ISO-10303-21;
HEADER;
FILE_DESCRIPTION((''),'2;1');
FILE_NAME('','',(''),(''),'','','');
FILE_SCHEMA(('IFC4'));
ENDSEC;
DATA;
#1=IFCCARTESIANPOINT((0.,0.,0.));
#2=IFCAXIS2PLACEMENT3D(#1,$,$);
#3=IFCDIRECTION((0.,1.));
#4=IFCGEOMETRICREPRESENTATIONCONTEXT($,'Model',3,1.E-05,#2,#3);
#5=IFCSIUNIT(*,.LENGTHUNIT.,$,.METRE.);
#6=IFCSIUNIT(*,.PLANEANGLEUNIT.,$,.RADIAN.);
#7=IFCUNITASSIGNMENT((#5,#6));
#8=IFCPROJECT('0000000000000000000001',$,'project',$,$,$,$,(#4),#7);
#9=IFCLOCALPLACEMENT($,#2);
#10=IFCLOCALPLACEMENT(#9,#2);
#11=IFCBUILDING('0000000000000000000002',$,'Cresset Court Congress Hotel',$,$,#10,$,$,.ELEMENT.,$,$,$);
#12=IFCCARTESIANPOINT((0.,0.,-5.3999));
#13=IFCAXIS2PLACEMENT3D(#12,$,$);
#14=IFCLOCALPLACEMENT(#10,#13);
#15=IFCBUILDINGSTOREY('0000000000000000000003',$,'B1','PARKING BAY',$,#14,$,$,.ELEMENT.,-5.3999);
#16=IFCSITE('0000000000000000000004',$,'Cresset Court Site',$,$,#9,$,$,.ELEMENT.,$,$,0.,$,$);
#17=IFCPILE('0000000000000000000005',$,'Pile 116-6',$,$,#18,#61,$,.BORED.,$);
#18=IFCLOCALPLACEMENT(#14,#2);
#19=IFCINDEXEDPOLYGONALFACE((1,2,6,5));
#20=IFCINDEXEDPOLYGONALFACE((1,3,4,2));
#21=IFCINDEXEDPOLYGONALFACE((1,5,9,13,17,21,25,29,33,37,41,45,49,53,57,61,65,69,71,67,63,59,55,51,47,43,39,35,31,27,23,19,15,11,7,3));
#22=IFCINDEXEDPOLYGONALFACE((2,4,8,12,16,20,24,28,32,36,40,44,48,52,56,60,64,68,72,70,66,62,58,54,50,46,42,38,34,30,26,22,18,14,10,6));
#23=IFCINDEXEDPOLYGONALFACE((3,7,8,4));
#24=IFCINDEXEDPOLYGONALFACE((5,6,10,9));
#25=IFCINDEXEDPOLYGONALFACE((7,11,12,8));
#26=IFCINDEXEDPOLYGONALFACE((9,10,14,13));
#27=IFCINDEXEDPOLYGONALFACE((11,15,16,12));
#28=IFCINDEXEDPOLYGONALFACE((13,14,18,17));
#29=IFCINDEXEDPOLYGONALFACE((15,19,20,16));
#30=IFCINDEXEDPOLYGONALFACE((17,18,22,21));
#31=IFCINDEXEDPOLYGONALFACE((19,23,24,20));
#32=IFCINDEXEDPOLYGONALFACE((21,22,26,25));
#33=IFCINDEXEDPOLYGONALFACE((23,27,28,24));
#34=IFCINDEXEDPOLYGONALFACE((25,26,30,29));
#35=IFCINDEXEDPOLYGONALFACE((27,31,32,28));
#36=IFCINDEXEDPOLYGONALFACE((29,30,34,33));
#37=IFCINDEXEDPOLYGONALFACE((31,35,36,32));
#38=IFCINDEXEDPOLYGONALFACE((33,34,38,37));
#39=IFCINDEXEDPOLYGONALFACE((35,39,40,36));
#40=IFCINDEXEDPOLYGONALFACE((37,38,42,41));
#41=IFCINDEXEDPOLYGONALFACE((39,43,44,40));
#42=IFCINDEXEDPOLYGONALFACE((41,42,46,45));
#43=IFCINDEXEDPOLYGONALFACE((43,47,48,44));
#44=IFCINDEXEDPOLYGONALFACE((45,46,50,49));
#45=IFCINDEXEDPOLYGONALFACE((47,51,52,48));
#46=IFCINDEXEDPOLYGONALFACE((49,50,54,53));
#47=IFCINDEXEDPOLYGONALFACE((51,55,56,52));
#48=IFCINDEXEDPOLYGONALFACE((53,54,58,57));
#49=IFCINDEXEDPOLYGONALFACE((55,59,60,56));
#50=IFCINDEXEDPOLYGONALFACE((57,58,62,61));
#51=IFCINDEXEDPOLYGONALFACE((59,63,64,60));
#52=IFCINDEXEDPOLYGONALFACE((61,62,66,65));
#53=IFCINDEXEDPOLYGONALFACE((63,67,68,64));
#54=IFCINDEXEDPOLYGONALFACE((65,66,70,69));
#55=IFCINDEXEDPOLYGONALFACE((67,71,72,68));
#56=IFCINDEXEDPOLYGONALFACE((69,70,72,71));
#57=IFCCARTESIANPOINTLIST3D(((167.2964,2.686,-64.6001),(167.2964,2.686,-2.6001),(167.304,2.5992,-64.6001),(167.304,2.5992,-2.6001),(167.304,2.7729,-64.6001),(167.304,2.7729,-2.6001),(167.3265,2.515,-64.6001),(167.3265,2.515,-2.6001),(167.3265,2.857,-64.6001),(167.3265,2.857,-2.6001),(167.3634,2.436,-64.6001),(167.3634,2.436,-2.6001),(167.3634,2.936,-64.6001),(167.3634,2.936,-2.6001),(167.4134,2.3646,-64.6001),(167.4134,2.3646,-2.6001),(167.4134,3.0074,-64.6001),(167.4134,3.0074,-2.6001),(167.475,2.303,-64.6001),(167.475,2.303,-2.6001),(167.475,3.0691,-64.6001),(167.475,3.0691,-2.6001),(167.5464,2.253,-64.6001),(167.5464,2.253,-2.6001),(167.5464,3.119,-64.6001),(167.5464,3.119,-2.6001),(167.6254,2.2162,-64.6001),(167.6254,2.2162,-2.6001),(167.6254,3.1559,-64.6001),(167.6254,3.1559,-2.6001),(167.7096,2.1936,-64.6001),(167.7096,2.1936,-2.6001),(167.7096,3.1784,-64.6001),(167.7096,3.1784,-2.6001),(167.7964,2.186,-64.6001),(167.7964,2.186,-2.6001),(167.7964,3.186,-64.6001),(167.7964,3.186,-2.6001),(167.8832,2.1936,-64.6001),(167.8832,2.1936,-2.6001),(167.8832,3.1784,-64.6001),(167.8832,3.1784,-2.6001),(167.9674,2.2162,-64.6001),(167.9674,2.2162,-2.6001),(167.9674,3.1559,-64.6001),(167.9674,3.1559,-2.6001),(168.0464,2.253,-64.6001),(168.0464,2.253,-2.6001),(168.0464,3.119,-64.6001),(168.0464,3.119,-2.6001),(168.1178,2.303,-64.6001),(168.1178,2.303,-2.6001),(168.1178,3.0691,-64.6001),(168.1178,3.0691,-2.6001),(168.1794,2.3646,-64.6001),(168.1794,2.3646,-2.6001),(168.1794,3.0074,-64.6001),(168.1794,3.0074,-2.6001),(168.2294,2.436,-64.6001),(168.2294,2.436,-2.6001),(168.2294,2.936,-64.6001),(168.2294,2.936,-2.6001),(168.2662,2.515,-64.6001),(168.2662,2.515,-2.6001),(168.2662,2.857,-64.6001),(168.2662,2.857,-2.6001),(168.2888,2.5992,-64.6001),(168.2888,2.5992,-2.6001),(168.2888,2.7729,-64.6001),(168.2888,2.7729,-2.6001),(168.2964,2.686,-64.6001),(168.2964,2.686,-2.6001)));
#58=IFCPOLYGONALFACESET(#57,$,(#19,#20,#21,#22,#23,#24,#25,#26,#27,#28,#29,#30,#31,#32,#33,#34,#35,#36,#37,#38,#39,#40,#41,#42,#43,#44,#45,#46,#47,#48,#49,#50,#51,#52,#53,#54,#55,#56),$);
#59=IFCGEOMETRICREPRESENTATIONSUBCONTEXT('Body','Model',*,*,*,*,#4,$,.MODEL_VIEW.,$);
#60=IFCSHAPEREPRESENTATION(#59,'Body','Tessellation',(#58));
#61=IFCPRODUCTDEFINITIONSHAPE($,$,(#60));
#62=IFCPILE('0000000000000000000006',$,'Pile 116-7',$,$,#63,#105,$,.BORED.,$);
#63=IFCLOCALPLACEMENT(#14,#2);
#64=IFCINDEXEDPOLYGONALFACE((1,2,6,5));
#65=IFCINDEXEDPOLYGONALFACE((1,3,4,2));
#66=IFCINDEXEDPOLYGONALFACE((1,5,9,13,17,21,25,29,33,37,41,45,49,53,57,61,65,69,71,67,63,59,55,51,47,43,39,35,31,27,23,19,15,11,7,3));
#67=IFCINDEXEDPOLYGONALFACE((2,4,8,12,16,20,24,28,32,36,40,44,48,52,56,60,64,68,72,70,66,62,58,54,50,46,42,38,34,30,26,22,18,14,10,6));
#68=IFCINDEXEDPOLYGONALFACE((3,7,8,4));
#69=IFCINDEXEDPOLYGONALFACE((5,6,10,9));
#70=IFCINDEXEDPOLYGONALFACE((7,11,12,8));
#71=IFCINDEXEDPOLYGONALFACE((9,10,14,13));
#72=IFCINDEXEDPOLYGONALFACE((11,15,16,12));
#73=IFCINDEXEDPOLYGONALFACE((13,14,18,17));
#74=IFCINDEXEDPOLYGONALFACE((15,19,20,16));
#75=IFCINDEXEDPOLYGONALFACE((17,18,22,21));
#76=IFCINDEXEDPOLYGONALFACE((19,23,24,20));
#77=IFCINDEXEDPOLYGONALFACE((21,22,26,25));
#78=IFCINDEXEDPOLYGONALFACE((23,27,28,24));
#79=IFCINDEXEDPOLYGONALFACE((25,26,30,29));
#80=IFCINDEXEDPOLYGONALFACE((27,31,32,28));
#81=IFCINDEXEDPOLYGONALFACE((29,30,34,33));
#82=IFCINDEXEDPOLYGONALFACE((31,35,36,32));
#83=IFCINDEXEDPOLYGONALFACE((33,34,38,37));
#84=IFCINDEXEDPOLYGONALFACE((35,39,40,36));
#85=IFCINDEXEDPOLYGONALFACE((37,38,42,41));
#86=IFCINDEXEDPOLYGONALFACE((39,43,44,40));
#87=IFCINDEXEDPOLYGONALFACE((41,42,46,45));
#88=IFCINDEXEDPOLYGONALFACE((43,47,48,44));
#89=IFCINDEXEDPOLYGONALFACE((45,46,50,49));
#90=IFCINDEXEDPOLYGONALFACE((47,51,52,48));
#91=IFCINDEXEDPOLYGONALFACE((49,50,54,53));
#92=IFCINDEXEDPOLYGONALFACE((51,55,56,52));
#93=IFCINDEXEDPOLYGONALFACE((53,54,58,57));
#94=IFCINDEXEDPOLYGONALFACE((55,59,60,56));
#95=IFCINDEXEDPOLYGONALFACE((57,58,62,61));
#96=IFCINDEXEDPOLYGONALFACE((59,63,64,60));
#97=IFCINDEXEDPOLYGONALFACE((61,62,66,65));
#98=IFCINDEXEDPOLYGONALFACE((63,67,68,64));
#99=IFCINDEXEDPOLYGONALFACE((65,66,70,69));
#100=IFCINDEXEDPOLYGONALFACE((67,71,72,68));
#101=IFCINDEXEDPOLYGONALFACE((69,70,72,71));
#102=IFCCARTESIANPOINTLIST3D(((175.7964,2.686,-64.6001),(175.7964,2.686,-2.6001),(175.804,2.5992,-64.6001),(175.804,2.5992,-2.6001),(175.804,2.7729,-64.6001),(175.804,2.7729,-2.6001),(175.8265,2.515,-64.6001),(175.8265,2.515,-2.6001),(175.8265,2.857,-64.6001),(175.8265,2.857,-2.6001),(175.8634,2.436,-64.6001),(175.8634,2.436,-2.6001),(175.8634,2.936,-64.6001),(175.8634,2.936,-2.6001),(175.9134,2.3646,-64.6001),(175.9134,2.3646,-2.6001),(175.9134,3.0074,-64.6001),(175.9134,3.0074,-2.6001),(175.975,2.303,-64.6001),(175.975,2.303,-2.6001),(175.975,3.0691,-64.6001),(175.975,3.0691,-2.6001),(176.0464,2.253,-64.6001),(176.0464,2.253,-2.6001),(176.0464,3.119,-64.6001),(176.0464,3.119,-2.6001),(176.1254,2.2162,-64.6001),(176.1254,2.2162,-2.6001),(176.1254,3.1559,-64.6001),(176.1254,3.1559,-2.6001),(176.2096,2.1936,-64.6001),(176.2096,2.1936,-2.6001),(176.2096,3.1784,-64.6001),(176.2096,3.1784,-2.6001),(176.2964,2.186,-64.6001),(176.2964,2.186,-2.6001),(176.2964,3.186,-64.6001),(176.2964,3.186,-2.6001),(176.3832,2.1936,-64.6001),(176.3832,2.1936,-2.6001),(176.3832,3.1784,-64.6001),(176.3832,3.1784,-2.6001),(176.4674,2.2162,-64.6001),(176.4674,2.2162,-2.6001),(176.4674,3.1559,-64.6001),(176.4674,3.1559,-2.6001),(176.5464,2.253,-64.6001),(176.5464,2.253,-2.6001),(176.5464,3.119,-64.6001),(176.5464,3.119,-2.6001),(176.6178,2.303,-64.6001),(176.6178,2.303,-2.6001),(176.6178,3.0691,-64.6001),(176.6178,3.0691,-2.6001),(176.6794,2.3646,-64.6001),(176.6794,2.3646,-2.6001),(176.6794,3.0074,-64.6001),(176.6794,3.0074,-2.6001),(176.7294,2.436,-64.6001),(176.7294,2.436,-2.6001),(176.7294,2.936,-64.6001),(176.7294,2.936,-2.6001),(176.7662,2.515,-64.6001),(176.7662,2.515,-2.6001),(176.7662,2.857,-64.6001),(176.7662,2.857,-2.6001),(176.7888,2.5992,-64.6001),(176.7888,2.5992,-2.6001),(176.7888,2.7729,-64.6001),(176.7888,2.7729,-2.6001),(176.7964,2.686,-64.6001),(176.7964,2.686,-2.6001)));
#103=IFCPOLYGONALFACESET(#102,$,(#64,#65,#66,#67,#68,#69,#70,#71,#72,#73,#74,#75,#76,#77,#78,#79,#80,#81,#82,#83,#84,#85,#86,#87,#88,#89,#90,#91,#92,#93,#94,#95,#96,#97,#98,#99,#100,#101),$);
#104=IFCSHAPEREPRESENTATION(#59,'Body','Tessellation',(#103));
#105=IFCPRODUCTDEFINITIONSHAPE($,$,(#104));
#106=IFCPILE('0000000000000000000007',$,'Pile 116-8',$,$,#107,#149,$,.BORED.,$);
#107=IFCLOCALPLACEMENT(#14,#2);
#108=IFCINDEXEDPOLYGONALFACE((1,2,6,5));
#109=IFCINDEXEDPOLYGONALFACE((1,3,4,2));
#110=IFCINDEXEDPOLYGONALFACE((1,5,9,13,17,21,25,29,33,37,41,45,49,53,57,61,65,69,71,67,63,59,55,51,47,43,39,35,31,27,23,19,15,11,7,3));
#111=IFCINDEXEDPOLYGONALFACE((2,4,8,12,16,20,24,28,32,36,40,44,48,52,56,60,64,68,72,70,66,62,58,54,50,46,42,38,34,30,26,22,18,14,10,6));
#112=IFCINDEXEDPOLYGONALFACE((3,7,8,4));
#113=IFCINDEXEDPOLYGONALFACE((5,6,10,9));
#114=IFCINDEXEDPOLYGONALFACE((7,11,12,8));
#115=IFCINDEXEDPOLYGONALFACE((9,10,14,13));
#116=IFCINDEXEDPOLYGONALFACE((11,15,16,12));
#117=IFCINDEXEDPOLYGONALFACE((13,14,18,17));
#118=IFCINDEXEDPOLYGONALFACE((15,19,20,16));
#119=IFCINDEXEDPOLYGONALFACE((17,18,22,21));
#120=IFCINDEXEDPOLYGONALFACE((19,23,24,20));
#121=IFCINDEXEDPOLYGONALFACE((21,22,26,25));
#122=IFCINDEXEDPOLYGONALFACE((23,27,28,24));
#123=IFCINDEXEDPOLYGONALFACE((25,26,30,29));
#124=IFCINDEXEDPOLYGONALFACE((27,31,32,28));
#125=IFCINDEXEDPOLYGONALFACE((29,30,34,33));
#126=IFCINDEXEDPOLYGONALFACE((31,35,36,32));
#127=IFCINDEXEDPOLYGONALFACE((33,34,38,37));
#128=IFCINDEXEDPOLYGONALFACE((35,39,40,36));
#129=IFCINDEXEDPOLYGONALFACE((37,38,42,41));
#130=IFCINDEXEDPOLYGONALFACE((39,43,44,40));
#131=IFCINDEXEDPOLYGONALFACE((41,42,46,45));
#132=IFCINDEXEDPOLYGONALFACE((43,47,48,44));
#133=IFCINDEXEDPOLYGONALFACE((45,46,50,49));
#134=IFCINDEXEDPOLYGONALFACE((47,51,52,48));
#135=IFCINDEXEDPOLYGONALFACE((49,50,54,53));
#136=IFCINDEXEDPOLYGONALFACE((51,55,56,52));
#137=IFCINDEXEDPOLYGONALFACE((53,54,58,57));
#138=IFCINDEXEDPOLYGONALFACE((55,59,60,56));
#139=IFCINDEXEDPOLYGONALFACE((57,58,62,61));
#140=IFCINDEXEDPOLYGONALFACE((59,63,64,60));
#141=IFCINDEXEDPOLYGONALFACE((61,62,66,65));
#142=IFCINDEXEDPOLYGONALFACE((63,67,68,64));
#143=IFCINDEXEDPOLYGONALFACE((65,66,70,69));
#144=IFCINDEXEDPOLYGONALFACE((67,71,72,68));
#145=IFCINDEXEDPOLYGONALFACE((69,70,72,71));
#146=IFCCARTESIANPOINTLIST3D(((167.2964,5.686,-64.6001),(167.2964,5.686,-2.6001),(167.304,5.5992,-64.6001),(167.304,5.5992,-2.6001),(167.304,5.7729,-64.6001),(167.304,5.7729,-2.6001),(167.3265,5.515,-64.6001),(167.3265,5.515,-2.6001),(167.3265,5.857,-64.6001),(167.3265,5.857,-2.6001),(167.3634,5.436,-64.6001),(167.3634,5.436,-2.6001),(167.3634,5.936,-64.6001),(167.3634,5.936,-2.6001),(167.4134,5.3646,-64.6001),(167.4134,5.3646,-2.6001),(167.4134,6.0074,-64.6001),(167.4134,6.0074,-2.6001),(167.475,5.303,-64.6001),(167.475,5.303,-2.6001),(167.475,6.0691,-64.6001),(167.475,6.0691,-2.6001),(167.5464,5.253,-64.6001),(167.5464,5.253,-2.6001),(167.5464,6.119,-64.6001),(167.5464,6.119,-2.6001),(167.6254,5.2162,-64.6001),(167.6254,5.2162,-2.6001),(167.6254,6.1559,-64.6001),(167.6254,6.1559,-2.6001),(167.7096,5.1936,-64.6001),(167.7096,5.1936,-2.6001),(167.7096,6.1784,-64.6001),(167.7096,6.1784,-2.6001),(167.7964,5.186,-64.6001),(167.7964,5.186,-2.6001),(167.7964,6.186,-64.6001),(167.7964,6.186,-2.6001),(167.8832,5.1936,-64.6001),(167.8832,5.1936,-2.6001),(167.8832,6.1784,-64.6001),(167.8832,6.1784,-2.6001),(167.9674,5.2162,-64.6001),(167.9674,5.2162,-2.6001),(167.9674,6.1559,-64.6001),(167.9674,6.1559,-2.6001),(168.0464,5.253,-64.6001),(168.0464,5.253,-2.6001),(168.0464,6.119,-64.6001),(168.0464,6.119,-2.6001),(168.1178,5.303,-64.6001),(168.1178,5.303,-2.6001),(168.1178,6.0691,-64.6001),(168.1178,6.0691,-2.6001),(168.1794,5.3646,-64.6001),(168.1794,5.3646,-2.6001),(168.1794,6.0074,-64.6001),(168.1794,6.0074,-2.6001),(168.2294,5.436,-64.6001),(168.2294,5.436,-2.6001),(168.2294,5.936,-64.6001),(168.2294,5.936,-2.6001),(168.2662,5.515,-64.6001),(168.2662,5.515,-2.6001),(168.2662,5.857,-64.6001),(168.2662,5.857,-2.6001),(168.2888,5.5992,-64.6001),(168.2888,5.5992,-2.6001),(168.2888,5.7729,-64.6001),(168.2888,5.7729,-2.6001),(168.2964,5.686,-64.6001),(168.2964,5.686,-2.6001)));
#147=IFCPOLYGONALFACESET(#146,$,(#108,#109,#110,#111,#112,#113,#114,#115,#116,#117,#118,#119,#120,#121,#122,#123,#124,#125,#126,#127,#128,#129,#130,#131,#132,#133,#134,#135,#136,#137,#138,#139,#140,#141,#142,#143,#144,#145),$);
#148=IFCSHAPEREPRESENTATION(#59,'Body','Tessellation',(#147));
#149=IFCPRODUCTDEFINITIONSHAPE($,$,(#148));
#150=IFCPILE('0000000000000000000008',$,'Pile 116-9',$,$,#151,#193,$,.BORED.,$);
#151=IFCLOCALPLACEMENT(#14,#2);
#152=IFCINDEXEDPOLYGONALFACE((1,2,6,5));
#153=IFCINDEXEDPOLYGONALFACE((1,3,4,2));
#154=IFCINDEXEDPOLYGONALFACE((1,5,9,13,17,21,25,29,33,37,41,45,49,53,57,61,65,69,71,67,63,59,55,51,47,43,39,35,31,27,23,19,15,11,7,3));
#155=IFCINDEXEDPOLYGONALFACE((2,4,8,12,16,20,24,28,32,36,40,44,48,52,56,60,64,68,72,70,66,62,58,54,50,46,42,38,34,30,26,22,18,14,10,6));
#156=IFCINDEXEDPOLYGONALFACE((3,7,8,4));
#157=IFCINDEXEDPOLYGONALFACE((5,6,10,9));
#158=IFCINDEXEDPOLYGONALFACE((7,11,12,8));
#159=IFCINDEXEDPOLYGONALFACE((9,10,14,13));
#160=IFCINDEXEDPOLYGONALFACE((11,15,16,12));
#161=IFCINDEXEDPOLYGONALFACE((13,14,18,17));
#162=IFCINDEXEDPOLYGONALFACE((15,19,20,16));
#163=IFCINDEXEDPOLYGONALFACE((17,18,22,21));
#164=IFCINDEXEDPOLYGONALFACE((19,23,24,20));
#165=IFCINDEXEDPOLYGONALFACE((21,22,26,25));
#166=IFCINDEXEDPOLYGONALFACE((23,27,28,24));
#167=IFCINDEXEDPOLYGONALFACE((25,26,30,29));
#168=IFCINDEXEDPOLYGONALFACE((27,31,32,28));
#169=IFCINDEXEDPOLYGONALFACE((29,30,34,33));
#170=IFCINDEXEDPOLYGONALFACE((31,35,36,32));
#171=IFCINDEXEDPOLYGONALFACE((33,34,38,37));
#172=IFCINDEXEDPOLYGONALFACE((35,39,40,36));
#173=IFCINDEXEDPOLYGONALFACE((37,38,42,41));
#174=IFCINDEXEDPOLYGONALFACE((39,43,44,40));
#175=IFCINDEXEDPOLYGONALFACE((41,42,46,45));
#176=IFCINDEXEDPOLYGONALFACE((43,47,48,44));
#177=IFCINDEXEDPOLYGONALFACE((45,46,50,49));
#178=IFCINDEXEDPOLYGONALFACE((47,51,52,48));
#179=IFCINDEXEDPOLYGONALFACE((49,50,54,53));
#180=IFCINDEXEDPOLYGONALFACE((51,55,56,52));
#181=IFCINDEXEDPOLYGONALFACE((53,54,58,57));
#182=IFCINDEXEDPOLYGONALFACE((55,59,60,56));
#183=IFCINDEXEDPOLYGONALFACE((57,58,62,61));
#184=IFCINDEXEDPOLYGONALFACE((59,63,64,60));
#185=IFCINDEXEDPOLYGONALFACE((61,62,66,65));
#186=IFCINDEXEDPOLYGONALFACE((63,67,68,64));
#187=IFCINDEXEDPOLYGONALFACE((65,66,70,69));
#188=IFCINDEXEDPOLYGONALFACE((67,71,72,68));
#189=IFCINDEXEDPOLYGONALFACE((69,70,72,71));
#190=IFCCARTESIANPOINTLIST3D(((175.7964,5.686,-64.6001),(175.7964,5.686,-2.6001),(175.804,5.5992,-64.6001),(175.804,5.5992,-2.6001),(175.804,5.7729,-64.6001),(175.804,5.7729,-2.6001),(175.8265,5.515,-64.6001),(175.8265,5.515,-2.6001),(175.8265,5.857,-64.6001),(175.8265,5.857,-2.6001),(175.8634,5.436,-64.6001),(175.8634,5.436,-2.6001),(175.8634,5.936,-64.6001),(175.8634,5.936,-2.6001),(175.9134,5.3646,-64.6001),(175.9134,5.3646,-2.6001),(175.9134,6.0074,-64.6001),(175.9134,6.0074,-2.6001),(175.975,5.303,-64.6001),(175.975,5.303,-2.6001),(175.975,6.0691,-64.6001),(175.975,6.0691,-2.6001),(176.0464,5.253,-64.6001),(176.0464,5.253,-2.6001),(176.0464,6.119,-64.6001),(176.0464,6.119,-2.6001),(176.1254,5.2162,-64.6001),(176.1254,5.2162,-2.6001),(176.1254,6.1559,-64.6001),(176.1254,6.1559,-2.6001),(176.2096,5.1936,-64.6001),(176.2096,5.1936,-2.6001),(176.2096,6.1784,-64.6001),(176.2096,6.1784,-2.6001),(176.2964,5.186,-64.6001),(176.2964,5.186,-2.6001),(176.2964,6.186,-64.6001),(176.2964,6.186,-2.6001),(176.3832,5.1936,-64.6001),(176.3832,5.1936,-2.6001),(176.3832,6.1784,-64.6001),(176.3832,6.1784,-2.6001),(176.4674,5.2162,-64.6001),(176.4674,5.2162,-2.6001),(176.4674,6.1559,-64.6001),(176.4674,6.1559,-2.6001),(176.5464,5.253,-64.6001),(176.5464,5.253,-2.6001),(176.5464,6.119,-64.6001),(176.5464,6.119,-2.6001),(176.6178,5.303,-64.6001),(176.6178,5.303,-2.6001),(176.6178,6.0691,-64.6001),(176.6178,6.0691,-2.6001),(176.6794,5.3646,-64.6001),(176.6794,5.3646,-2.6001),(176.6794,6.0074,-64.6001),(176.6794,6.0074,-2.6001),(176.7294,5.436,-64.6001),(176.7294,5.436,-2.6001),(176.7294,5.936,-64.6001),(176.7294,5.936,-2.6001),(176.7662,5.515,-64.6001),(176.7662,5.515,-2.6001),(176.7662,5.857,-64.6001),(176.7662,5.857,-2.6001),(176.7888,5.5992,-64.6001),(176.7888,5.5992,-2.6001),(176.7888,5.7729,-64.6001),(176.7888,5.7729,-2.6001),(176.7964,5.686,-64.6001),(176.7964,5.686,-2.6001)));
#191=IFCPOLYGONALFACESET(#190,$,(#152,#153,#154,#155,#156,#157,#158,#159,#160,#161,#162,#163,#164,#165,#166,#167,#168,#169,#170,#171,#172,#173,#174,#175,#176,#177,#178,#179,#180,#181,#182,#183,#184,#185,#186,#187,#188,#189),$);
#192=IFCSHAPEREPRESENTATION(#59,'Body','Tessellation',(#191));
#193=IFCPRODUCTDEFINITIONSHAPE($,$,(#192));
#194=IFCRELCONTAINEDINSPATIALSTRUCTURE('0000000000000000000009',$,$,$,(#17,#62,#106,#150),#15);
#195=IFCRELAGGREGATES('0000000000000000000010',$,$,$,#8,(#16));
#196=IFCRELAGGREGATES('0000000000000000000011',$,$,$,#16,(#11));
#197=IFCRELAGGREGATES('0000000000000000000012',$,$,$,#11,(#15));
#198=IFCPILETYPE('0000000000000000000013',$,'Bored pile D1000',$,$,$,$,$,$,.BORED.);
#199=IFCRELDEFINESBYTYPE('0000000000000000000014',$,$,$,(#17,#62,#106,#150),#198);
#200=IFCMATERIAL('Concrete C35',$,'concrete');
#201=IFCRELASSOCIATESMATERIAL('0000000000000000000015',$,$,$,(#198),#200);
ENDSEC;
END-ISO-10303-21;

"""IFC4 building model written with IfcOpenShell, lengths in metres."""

from ifc_helpers import new_model, si_unit, direction, frame, origin, origin_2d, place, context, subcontext, project, spatial, circle, extrude, material, type_object, element, save


model = new_model("IFC4")

# Units and contexts
model_context = context("Model", 3, precision=1e-05, world=origin(), true_north=direction((0.0, 1.0)))
body_context = subcontext(model_context, "Body", "Model", "MODEL_VIEW")
ifc_project = project(units=[si_unit("LENGTHUNIT", "METRE"), si_unit("PLANEANGLEUNIT", "RADIAN")], contexts=[model_context])

# Site, building, storey
site_placement = place(None, origin())
site = spatial("IfcSite", under=ifc_project, at=site_placement, Name="Cresset Court Site", CompositionType="ELEMENT", RefElevation=0.0)
building_placement = place(site_placement, origin())
building = spatial("IfcBuilding", under=site, at=building_placement, Name="Cresset Court Congress Hotel", CompositionType="ELEMENT")
storey_placement = place(building_placement, frame((0.0, 0.0, -5.3999)))
storey = spatial("IfcBuildingStorey", under=building, at=storey_placement, Name="B1", Description="PARKING BAY", CompositionType="ELEMENT", Elevation=-5.3999)

# Piles
ifc_material_1 = material(Name="Concrete C35", Category="concrete")
pile_type = type_object("IfcPileType", Name="Bored pile D1000", PredefinedType="BORED", material=ifc_material_1)
for number, where, z_axis, x_axis, name in (
    (1, (167.7964, 2.686, -2.6001), (0.0, 0.0, -1.0), (1.0, 0.0, 0.0), "Pile 116-6"),
    (2, (176.2964, 2.686, -2.6001), (0.0, 0.0, -1.0), (1.0, 0.0, 0.0), "Pile 116-7"),
    (3, (167.7964, 5.686, -2.6001), (0.0, 0.0, -1.0), (1.0, 0.0, 0.0), "Pile 116-8"),
    (4, (176.2964, 5.686, -2.6001), (0.0, 0.0, -1.0), (1.0, 0.0, 0.0), "Pile 116-9"),
):
    element("IfcPile", number, at=place(storey_placement, frame(where, z_axis=z_axis, x_axis=x_axis)), inside=storey, type_object=pile_type, Name=name, PredefinedType="BORED", context=body_context, shape_type="SweptSolid", body=[
        extrude(circle(Radius=0.5, at=origin_2d()), origin(), (0.0, 0.0, 1.0), 62.0),
    ])

save(model, "model.ifc")
